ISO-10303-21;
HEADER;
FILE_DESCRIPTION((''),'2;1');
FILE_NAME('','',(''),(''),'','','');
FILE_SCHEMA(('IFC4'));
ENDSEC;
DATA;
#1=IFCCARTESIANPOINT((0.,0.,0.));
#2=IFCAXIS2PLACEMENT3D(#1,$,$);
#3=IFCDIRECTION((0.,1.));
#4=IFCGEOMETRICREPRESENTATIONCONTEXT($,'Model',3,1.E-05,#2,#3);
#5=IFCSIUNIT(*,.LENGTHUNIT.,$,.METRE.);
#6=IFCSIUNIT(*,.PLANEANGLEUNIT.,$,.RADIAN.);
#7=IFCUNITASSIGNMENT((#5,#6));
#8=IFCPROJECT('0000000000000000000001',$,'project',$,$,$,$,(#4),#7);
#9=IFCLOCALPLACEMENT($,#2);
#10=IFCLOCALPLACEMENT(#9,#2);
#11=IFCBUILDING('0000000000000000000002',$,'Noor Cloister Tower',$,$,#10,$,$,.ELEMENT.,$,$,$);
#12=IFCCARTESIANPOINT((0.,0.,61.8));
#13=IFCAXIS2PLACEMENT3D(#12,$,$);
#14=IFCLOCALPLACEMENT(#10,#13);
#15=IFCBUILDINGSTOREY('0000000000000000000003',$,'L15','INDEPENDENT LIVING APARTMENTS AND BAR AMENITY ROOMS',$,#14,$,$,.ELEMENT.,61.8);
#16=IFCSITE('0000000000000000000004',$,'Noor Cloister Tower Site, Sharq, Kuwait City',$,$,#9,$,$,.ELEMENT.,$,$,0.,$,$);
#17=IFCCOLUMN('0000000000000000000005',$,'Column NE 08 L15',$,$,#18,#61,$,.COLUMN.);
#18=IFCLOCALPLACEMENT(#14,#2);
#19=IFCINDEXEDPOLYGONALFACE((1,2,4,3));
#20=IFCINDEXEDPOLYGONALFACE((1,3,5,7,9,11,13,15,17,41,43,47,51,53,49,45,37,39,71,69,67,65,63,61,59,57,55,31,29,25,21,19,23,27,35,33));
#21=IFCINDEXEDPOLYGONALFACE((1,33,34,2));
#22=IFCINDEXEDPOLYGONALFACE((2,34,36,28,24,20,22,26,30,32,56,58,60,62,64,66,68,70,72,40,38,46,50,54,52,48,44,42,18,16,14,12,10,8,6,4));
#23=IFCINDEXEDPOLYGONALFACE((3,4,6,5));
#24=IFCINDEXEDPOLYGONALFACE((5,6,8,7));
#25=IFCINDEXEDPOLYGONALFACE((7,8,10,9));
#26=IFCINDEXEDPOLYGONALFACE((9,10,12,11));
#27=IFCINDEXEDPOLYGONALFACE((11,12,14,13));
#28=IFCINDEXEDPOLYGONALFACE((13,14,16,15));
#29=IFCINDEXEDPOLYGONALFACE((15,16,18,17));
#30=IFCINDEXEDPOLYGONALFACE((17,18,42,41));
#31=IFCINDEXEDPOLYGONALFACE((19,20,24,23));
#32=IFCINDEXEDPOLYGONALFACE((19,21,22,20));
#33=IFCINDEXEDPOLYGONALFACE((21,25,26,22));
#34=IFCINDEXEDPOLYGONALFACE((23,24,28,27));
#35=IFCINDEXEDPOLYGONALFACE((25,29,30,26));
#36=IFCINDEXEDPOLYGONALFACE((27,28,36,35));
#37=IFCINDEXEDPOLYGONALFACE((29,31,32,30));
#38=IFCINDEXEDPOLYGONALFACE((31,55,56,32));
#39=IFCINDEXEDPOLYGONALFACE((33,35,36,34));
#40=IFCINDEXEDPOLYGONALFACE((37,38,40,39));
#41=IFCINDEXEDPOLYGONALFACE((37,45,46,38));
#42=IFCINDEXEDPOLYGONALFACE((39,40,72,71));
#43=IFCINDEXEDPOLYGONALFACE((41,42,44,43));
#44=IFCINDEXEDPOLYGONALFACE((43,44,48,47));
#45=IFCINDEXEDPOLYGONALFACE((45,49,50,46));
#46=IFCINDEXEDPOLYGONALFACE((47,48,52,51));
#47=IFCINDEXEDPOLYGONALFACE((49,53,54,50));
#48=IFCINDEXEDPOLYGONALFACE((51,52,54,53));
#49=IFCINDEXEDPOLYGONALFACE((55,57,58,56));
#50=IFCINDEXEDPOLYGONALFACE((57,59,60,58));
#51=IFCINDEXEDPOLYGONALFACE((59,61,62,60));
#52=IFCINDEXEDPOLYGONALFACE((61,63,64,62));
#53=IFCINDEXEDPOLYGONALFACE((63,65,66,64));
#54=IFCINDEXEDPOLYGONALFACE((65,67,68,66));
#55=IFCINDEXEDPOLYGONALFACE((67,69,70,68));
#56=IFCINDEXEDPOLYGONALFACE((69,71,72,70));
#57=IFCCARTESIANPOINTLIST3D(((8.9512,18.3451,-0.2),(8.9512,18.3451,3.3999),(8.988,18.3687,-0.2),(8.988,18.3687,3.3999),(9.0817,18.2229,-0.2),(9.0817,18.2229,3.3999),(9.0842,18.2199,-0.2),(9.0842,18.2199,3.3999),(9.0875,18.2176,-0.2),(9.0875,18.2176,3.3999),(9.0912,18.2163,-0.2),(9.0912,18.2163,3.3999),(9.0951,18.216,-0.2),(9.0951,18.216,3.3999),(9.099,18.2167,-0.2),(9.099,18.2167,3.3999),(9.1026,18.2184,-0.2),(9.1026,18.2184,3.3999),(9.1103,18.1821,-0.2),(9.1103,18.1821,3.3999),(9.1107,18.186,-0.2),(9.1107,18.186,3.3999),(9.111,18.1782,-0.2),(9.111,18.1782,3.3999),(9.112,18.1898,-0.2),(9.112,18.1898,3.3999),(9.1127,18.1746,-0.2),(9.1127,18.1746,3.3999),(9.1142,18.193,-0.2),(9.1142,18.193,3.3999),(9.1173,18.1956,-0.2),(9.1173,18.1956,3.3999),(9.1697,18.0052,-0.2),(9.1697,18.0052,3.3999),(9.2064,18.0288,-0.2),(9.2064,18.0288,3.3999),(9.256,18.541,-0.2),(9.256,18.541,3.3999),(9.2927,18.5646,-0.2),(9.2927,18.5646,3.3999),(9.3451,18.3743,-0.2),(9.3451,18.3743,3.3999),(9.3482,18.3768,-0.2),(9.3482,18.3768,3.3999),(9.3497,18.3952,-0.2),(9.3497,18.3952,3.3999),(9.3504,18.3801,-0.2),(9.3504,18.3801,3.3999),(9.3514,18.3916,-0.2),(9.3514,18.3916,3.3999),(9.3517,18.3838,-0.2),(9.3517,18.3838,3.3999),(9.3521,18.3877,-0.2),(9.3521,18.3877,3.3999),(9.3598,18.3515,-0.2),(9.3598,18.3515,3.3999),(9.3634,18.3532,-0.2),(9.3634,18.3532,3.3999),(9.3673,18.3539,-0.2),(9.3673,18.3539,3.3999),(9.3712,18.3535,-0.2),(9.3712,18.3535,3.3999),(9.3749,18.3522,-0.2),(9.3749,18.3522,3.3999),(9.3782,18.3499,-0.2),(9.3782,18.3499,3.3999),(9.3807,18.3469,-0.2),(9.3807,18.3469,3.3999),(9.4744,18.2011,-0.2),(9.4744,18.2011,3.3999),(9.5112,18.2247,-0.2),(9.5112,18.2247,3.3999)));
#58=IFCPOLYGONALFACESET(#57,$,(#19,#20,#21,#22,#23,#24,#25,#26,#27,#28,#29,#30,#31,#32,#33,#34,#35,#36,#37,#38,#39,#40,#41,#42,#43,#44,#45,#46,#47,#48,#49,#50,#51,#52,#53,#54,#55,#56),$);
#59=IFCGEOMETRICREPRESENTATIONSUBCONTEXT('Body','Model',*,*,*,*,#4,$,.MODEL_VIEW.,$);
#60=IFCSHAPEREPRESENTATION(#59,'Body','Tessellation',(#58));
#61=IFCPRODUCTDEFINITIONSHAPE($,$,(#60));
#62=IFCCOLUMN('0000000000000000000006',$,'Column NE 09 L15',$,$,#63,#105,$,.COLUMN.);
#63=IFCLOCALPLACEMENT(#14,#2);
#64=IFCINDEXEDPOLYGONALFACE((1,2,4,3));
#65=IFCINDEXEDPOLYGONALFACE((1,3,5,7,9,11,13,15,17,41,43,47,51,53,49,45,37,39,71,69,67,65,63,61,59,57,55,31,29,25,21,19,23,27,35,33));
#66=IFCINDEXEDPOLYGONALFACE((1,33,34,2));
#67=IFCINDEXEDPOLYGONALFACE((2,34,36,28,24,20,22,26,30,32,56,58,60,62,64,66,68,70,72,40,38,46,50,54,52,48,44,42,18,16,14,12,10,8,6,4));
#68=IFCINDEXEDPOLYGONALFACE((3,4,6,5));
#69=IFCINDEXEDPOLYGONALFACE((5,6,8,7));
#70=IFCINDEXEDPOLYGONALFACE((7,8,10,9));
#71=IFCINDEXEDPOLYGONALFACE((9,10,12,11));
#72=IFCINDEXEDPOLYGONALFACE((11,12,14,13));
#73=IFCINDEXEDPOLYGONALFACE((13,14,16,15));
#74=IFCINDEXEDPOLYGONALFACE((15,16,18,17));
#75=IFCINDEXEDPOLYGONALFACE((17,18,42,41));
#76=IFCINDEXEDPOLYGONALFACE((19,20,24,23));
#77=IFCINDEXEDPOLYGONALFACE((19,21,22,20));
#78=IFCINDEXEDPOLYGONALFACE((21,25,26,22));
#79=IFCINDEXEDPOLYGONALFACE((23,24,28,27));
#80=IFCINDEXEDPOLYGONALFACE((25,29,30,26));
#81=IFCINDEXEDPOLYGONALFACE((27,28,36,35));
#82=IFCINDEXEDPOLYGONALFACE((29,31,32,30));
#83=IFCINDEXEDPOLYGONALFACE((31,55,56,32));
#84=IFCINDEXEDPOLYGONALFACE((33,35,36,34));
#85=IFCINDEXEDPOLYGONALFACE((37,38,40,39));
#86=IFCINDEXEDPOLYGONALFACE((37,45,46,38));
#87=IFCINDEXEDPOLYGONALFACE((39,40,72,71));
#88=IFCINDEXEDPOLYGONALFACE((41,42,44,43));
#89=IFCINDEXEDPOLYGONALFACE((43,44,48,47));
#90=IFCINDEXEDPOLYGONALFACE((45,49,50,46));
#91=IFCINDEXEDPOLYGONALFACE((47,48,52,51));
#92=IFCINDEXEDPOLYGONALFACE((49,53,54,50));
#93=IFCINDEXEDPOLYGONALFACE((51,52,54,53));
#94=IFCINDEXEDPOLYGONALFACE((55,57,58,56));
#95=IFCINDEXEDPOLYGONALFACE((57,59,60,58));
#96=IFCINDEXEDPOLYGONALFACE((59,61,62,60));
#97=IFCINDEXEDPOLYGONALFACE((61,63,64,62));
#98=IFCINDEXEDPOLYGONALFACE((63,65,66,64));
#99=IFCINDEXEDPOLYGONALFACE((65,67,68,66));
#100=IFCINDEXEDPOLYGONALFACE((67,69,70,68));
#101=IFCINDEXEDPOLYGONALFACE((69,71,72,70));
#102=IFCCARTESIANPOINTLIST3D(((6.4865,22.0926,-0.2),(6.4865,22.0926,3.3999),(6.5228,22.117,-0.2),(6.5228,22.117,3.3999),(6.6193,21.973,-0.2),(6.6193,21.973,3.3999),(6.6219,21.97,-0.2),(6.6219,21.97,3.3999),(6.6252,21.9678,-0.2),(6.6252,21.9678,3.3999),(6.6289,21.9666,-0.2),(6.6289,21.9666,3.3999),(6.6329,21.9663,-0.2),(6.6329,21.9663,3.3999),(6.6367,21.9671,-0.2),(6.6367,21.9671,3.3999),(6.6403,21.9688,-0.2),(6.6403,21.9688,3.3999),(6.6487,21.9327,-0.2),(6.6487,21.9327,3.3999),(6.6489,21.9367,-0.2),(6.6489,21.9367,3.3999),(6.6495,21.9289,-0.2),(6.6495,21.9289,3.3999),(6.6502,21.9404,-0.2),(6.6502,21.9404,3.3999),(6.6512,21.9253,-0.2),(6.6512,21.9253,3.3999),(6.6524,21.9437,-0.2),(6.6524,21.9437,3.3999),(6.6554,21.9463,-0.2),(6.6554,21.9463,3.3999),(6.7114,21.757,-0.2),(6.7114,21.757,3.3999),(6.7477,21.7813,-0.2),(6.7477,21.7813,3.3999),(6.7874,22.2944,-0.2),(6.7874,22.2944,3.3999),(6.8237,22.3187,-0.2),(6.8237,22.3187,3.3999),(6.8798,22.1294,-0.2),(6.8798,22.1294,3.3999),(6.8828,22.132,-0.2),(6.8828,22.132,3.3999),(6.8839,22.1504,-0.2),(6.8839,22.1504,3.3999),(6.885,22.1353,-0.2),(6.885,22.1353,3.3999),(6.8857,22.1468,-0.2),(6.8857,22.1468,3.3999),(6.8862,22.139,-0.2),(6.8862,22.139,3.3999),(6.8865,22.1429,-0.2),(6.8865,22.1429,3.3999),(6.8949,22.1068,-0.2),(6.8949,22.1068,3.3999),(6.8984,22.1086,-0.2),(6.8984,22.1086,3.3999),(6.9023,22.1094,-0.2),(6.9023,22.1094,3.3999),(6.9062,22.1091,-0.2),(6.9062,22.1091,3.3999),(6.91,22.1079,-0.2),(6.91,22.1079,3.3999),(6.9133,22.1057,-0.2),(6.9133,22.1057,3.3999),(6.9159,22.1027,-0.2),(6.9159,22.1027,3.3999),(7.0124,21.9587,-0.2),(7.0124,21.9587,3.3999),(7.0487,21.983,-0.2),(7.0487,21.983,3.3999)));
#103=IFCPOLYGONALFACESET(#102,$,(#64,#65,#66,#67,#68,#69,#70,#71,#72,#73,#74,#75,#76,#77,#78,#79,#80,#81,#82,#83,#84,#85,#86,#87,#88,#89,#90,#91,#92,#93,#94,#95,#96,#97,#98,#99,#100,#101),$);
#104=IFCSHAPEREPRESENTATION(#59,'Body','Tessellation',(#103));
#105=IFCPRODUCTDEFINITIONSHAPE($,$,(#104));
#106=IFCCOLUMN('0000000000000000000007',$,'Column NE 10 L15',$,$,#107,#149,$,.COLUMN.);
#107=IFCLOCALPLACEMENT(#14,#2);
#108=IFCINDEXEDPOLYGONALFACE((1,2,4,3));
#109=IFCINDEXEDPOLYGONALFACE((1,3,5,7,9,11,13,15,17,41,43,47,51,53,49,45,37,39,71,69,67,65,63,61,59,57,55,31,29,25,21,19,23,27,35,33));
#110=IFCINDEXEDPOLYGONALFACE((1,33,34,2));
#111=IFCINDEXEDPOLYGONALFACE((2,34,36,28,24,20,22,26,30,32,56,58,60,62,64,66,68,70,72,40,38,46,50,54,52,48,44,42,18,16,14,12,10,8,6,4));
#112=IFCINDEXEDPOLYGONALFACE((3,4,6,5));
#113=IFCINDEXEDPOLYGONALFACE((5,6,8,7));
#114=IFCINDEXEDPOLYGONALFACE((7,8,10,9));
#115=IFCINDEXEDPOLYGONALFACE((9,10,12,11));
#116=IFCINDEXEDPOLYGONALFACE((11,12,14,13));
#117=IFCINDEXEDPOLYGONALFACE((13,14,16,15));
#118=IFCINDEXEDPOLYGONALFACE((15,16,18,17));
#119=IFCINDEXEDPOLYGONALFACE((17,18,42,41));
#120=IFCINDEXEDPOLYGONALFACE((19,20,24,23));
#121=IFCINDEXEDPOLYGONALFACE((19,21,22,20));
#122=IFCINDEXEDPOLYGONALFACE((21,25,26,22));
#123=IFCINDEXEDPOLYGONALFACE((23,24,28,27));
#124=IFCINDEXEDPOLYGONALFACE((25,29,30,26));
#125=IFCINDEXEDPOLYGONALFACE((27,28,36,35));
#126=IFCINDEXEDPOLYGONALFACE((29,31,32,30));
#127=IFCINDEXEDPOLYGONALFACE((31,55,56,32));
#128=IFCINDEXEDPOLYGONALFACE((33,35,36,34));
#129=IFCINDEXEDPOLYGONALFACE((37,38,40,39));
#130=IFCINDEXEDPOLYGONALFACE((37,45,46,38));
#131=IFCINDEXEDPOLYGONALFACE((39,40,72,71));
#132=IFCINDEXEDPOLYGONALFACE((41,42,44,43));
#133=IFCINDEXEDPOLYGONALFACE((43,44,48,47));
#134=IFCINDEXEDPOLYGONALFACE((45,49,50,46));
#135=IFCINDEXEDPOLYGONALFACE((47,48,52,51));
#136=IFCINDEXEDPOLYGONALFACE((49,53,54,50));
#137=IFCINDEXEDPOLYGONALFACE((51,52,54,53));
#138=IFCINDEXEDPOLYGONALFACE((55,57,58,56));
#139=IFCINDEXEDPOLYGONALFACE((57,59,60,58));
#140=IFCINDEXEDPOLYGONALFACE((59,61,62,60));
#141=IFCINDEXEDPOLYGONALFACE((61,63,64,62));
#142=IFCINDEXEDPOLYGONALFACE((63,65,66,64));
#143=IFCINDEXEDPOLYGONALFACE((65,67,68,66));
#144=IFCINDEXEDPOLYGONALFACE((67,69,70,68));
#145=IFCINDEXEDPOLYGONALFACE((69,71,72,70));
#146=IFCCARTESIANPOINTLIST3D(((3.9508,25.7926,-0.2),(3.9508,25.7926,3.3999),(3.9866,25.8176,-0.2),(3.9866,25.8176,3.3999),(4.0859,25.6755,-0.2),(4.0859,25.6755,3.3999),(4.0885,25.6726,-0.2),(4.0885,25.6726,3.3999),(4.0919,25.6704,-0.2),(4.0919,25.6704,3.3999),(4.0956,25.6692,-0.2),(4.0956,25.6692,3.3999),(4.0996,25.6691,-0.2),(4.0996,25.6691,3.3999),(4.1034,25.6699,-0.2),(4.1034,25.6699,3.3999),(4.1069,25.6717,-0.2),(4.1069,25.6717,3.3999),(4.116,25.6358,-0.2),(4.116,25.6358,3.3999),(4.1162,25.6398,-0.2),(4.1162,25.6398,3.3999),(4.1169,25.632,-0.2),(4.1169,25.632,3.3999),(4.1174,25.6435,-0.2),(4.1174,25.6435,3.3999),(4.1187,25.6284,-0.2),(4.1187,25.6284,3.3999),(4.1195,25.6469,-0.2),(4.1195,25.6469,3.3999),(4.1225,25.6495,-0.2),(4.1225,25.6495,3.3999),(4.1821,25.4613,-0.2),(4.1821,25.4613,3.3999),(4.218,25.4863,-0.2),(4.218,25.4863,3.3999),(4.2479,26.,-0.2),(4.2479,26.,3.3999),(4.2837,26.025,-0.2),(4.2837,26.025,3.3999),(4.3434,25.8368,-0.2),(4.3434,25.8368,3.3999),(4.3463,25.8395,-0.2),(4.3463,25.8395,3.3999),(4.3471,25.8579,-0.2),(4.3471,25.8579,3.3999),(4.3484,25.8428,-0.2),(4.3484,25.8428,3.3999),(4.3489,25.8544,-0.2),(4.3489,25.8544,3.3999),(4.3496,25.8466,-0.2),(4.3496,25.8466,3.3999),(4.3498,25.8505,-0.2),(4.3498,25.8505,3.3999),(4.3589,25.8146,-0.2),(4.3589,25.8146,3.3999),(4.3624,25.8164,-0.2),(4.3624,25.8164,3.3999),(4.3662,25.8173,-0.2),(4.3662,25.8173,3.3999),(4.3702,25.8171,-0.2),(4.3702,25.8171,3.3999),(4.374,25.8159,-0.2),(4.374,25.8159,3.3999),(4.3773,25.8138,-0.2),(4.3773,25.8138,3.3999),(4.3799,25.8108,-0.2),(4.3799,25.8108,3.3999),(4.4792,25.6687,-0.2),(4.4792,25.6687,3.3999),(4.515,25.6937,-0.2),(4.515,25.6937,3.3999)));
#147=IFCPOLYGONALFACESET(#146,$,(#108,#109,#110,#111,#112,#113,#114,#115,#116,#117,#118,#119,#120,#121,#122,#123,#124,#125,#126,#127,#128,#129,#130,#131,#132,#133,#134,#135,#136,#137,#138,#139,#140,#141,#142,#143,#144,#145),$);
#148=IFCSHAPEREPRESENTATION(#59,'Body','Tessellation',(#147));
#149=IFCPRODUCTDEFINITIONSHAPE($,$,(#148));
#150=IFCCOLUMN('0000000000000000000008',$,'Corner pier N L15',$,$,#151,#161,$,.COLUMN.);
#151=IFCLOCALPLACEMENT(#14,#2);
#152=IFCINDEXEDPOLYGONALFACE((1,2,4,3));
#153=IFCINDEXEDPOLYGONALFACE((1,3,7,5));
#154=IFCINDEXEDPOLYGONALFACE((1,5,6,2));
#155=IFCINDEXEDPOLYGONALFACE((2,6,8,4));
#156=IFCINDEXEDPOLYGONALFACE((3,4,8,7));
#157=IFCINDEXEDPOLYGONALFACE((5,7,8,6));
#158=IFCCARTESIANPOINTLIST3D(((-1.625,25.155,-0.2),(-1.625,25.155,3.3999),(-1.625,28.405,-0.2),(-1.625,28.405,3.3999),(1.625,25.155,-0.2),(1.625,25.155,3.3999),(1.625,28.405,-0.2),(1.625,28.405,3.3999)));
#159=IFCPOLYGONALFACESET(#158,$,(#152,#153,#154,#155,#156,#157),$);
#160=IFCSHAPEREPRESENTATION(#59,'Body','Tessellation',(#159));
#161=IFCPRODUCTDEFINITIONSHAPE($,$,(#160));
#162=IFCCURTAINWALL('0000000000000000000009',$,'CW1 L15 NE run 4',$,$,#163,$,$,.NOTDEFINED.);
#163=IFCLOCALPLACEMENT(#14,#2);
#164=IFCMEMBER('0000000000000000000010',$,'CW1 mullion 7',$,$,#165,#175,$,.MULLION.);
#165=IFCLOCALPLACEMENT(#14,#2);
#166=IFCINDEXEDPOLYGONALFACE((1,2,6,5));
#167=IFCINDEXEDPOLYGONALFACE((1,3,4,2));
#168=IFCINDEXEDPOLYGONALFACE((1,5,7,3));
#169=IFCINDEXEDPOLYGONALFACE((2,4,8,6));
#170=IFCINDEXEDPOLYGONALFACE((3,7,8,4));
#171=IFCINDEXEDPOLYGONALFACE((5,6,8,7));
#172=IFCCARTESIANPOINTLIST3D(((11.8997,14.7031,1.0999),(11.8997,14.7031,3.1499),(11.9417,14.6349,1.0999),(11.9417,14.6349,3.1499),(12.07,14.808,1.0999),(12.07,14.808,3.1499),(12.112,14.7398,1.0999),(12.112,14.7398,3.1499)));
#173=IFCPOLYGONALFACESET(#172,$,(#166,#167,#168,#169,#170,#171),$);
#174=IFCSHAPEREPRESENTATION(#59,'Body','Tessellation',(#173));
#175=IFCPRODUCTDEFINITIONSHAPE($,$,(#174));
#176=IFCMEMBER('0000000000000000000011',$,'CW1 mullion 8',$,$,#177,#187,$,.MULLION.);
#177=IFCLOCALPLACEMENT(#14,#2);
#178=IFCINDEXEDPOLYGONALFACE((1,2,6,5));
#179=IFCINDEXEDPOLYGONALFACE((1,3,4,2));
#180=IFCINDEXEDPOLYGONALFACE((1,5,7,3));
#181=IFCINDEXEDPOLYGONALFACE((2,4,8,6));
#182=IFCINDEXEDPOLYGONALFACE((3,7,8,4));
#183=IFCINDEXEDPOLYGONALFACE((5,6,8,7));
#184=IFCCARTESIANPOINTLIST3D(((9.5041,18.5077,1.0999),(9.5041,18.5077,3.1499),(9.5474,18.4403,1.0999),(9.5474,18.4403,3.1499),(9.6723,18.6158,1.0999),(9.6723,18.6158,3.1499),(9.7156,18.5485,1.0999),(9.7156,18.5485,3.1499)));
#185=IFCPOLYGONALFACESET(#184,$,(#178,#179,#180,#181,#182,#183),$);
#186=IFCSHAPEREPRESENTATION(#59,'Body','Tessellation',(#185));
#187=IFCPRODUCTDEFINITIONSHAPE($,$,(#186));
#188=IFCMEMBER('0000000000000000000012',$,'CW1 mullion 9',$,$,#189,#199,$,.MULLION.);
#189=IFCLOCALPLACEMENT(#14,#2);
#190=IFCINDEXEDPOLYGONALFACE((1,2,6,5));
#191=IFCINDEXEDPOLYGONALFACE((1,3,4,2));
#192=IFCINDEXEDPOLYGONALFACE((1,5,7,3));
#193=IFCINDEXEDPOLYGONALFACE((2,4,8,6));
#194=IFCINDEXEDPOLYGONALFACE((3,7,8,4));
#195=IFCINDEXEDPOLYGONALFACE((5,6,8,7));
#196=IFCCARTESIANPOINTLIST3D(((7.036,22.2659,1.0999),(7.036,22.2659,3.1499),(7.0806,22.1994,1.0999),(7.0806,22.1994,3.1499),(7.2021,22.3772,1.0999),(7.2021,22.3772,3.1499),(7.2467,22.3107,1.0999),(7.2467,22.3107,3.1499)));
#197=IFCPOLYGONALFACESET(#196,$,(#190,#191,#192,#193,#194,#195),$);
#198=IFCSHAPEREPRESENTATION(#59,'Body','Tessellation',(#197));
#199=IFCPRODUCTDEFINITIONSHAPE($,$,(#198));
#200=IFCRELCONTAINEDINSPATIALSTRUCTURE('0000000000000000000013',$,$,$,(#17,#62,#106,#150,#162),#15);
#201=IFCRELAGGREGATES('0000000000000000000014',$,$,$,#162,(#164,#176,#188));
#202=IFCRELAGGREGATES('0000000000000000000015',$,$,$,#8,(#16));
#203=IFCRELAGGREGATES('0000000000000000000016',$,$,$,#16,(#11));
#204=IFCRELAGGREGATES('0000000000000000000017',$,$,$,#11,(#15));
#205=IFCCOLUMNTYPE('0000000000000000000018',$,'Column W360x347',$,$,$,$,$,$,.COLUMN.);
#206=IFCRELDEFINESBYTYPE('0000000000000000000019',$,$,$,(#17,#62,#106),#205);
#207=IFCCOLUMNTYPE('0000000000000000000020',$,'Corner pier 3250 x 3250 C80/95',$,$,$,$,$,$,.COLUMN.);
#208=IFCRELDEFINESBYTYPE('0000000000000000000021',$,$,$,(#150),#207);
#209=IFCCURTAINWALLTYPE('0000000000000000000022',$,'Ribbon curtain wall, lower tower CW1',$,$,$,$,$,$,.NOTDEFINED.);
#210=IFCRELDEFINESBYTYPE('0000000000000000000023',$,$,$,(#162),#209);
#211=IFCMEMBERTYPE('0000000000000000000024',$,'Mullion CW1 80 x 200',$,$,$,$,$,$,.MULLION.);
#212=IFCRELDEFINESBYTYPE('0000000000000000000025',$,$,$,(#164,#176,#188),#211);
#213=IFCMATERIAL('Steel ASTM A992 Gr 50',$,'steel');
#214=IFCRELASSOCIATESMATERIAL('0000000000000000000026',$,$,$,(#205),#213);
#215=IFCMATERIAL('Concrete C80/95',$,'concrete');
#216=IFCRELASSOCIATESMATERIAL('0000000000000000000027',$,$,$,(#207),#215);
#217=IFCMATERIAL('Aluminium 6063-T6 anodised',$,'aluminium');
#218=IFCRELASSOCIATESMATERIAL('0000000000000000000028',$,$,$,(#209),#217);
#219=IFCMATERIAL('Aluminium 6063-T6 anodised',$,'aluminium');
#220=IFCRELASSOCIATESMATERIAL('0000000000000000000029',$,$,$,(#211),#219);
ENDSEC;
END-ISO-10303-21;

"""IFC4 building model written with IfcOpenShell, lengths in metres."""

from ifc_helpers import new_model, si_unit, direction, frame, origin, origin_2d, place, context, subcontext, project, spatial, rectangle, i_section, extrude, material, material_profile, profile_set, type_object, element, aggregate, save


model = new_model("IFC4")

# Units and contexts
model_context = context("Model", 3, precision=1e-05, world=origin(), true_north=direction((0.0, 1.0)))
body_context = subcontext(model_context, "Body", "Model", "MODEL_VIEW")
ifc_project = project(units=[si_unit("LENGTHUNIT", "METRE"), si_unit("PLANEANGLEUNIT", "RADIAN")], contexts=[model_context])

# Site, building, storey
site_placement = place(None, origin())
site = spatial("IfcSite", under=ifc_project, at=site_placement, Name="Noor Cloister Tower Site, Sharq, Kuwait City", CompositionType="ELEMENT", RefElevation=0.0)
building_placement = place(site_placement, origin())
building = spatial("IfcBuilding", under=site, at=building_placement, Name="Noor Cloister Tower", CompositionType="ELEMENT")
storey_placement = place(building_placement, frame((0.0, 0.0, 61.8)))
storey = spatial("IfcBuildingStorey", under=building, at=storey_placement, Name="L15", Description="INDEPENDENT LIVING APARTMENTS AND BAR AMENITY ROOMS", CompositionType="ELEMENT", Elevation=61.8)

# Columns
ifc_material_1 = material(Name="Steel ASTM A992 Gr 50", Category="steel")
ifc_material_profile_1 = material_profile(ifc_material_1, i_section(OverallWidth=0.4041, OverallDepth=0.406, WebThickness=0.0271, FlangeThickness=0.0437, FilletRadius=0.0151, at=origin_2d()), Name="W360x347")
ifc_profile_set_1 = profile_set([ifc_material_profile_1], Name="Steel ASTM A992 Gr 50")
column_type_1 = type_object("IfcColumnType", Name="Column W360x347", PredefinedType="COLUMN", material=ifc_profile_set_1)
for number, where, z_axis, x_axis, name in (
    (1, (9.2312, 18.2849, -0.2), (0.0, 0.0, 1.0), (-0.540759, 0.841177, 0.0), "Column NE 08 L15"),
    (2, (6.7676, 22.0378, -0.2), (0.0, 0.0, 1.0), (-0.556723, 0.830698, 0.0), "Column NE 09 L15"),
    (3, (4.2329, 25.7432, -0.2), (0.0, 0.0, 1.0), (-0.572484, 0.819916, 0.0), "Column NE 10 L15"),
):
    element("IfcColumn", number, at=place(storey_placement, frame(where, z_axis=z_axis, x_axis=x_axis)), inside=storey, type_object=column_type_1, Name=name, PredefinedType="COLUMN", context=body_context, shape_type="SweptSolid", body=[
        extrude(i_section(OverallWidth=0.4041, OverallDepth=0.406, WebThickness=0.0271, FlangeThickness=0.0437, FilletRadius=0.0151, at=origin_2d()), origin(), (0.0, 0.0, 1.0), 3.5999),
    ])
ifc_material_2 = material(Name="Concrete C80/95", Category="concrete")
ifc_material_profile_2 = material_profile(ifc_material_2, rectangle(XDim=3.25, YDim=3.25, at=origin_2d()), Name="RC 3250x3250")
ifc_profile_set_2 = profile_set([ifc_material_profile_2], Name="Concrete C80/95")
column_type_2 = type_object("IfcColumnType", Name="Corner pier 3250 x 3250 C80/95", PredefinedType="COLUMN", material=ifc_profile_set_2)
column_placement = place(storey_placement, frame((0.0, 26.78, -0.2), z_axis=(0.0, 0.0, 1.0), x_axis=(0.0, 1.0, 0.0)))
element("IfcColumn", 4, at=column_placement, inside=storey, type_object=column_type_2, Name="Corner pier N L15", PredefinedType="COLUMN", context=body_context, shape_type="SweptSolid", body=[
    extrude(rectangle(XDim=3.25, YDim=3.25, at=origin_2d()), origin(), (0.0, 0.0, 1.0), 3.5999),
])

# Curtain wall, members
ifc_material_3 = material(Name="Aluminium 6063-T6 anodised", Category="aluminium")
curtain_wall_type = type_object("IfcCurtainWallType", Name="Ribbon curtain wall, lower tower CW1", PredefinedType="NOTDEFINED", material=ifc_material_3)
curtain_wall_placement = place(storey_placement, origin())
curtain_wall = element("IfcCurtainWall", 5, at=curtain_wall_placement, inside=storey, type_object=curtain_wall_type, Name="CW1 L15 NE run 4", PredefinedType="NOTDEFINED")
ifc_material_4 = material(Name="Aluminium 6063-T6 anodised", Category="aluminium")
ifc_material_profile_3 = material_profile(ifc_material_4, rectangle(XDim=0.2, YDim=0.0801, at=origin_2d()), Name="200 x 80 mullion")
ifc_profile_set_3 = profile_set([ifc_material_profile_3], Name="Aluminium 6063-T6 anodised")
member_type = type_object("IfcMemberType", Name="Mullion CW1 80 x 200", PredefinedType="MULLION", material=ifc_profile_set_3)
member_1_placement = place(storey_placement, frame((12.0059, 14.7214, 1.0999), z_axis=(0.0, 0.0, 1.0), x_axis=(-0.85135, -0.524598, 0.0)))
member_1 = element("IfcMember", 6, at=member_1_placement, type_object=member_type, Name="CW1 mullion 7", PredefinedType="MULLION", context=body_context, shape_type="SweptSolid", body=[
    extrude(rectangle(XDim=0.2, YDim=0.0801, at=origin_2d()), origin(), (0.0, 0.0, 1.0), 2.05),
])
member_2_placement = place(storey_placement, frame((9.6099, 18.5281, 1.0999), z_axis=(0.0, 0.0, 1.0), x_axis=(-0.841177, -0.540759, 0.0)))
member_2 = element("IfcMember", 7, at=member_2_placement, type_object=member_type, Name="CW1 mullion 8", PredefinedType="MULLION", context=body_context, shape_type="SweptSolid", body=[
    extrude(rectangle(XDim=0.2, YDim=0.0801, at=origin_2d()), origin(), (0.0, 0.0, 1.0), 2.05),
])
member_3_placement = place(storey_placement, frame((7.1414, 22.2883, 1.0999), z_axis=(0.0, 0.0, 1.0), x_axis=(-0.830698, -0.556723, 0.0)))
member_3 = element("IfcMember", 8, at=member_3_placement, type_object=member_type, Name="CW1 mullion 9", PredefinedType="MULLION", context=body_context, shape_type="SweptSolid", body=[
    extrude(rectangle(XDim=0.2, YDim=0.0801, at=origin_2d()), origin(), (0.0, 0.0, 1.0), 2.05),
])

aggregate(curtain_wall, [member_1, member_2, member_3])

save(model, "model.ifc")
